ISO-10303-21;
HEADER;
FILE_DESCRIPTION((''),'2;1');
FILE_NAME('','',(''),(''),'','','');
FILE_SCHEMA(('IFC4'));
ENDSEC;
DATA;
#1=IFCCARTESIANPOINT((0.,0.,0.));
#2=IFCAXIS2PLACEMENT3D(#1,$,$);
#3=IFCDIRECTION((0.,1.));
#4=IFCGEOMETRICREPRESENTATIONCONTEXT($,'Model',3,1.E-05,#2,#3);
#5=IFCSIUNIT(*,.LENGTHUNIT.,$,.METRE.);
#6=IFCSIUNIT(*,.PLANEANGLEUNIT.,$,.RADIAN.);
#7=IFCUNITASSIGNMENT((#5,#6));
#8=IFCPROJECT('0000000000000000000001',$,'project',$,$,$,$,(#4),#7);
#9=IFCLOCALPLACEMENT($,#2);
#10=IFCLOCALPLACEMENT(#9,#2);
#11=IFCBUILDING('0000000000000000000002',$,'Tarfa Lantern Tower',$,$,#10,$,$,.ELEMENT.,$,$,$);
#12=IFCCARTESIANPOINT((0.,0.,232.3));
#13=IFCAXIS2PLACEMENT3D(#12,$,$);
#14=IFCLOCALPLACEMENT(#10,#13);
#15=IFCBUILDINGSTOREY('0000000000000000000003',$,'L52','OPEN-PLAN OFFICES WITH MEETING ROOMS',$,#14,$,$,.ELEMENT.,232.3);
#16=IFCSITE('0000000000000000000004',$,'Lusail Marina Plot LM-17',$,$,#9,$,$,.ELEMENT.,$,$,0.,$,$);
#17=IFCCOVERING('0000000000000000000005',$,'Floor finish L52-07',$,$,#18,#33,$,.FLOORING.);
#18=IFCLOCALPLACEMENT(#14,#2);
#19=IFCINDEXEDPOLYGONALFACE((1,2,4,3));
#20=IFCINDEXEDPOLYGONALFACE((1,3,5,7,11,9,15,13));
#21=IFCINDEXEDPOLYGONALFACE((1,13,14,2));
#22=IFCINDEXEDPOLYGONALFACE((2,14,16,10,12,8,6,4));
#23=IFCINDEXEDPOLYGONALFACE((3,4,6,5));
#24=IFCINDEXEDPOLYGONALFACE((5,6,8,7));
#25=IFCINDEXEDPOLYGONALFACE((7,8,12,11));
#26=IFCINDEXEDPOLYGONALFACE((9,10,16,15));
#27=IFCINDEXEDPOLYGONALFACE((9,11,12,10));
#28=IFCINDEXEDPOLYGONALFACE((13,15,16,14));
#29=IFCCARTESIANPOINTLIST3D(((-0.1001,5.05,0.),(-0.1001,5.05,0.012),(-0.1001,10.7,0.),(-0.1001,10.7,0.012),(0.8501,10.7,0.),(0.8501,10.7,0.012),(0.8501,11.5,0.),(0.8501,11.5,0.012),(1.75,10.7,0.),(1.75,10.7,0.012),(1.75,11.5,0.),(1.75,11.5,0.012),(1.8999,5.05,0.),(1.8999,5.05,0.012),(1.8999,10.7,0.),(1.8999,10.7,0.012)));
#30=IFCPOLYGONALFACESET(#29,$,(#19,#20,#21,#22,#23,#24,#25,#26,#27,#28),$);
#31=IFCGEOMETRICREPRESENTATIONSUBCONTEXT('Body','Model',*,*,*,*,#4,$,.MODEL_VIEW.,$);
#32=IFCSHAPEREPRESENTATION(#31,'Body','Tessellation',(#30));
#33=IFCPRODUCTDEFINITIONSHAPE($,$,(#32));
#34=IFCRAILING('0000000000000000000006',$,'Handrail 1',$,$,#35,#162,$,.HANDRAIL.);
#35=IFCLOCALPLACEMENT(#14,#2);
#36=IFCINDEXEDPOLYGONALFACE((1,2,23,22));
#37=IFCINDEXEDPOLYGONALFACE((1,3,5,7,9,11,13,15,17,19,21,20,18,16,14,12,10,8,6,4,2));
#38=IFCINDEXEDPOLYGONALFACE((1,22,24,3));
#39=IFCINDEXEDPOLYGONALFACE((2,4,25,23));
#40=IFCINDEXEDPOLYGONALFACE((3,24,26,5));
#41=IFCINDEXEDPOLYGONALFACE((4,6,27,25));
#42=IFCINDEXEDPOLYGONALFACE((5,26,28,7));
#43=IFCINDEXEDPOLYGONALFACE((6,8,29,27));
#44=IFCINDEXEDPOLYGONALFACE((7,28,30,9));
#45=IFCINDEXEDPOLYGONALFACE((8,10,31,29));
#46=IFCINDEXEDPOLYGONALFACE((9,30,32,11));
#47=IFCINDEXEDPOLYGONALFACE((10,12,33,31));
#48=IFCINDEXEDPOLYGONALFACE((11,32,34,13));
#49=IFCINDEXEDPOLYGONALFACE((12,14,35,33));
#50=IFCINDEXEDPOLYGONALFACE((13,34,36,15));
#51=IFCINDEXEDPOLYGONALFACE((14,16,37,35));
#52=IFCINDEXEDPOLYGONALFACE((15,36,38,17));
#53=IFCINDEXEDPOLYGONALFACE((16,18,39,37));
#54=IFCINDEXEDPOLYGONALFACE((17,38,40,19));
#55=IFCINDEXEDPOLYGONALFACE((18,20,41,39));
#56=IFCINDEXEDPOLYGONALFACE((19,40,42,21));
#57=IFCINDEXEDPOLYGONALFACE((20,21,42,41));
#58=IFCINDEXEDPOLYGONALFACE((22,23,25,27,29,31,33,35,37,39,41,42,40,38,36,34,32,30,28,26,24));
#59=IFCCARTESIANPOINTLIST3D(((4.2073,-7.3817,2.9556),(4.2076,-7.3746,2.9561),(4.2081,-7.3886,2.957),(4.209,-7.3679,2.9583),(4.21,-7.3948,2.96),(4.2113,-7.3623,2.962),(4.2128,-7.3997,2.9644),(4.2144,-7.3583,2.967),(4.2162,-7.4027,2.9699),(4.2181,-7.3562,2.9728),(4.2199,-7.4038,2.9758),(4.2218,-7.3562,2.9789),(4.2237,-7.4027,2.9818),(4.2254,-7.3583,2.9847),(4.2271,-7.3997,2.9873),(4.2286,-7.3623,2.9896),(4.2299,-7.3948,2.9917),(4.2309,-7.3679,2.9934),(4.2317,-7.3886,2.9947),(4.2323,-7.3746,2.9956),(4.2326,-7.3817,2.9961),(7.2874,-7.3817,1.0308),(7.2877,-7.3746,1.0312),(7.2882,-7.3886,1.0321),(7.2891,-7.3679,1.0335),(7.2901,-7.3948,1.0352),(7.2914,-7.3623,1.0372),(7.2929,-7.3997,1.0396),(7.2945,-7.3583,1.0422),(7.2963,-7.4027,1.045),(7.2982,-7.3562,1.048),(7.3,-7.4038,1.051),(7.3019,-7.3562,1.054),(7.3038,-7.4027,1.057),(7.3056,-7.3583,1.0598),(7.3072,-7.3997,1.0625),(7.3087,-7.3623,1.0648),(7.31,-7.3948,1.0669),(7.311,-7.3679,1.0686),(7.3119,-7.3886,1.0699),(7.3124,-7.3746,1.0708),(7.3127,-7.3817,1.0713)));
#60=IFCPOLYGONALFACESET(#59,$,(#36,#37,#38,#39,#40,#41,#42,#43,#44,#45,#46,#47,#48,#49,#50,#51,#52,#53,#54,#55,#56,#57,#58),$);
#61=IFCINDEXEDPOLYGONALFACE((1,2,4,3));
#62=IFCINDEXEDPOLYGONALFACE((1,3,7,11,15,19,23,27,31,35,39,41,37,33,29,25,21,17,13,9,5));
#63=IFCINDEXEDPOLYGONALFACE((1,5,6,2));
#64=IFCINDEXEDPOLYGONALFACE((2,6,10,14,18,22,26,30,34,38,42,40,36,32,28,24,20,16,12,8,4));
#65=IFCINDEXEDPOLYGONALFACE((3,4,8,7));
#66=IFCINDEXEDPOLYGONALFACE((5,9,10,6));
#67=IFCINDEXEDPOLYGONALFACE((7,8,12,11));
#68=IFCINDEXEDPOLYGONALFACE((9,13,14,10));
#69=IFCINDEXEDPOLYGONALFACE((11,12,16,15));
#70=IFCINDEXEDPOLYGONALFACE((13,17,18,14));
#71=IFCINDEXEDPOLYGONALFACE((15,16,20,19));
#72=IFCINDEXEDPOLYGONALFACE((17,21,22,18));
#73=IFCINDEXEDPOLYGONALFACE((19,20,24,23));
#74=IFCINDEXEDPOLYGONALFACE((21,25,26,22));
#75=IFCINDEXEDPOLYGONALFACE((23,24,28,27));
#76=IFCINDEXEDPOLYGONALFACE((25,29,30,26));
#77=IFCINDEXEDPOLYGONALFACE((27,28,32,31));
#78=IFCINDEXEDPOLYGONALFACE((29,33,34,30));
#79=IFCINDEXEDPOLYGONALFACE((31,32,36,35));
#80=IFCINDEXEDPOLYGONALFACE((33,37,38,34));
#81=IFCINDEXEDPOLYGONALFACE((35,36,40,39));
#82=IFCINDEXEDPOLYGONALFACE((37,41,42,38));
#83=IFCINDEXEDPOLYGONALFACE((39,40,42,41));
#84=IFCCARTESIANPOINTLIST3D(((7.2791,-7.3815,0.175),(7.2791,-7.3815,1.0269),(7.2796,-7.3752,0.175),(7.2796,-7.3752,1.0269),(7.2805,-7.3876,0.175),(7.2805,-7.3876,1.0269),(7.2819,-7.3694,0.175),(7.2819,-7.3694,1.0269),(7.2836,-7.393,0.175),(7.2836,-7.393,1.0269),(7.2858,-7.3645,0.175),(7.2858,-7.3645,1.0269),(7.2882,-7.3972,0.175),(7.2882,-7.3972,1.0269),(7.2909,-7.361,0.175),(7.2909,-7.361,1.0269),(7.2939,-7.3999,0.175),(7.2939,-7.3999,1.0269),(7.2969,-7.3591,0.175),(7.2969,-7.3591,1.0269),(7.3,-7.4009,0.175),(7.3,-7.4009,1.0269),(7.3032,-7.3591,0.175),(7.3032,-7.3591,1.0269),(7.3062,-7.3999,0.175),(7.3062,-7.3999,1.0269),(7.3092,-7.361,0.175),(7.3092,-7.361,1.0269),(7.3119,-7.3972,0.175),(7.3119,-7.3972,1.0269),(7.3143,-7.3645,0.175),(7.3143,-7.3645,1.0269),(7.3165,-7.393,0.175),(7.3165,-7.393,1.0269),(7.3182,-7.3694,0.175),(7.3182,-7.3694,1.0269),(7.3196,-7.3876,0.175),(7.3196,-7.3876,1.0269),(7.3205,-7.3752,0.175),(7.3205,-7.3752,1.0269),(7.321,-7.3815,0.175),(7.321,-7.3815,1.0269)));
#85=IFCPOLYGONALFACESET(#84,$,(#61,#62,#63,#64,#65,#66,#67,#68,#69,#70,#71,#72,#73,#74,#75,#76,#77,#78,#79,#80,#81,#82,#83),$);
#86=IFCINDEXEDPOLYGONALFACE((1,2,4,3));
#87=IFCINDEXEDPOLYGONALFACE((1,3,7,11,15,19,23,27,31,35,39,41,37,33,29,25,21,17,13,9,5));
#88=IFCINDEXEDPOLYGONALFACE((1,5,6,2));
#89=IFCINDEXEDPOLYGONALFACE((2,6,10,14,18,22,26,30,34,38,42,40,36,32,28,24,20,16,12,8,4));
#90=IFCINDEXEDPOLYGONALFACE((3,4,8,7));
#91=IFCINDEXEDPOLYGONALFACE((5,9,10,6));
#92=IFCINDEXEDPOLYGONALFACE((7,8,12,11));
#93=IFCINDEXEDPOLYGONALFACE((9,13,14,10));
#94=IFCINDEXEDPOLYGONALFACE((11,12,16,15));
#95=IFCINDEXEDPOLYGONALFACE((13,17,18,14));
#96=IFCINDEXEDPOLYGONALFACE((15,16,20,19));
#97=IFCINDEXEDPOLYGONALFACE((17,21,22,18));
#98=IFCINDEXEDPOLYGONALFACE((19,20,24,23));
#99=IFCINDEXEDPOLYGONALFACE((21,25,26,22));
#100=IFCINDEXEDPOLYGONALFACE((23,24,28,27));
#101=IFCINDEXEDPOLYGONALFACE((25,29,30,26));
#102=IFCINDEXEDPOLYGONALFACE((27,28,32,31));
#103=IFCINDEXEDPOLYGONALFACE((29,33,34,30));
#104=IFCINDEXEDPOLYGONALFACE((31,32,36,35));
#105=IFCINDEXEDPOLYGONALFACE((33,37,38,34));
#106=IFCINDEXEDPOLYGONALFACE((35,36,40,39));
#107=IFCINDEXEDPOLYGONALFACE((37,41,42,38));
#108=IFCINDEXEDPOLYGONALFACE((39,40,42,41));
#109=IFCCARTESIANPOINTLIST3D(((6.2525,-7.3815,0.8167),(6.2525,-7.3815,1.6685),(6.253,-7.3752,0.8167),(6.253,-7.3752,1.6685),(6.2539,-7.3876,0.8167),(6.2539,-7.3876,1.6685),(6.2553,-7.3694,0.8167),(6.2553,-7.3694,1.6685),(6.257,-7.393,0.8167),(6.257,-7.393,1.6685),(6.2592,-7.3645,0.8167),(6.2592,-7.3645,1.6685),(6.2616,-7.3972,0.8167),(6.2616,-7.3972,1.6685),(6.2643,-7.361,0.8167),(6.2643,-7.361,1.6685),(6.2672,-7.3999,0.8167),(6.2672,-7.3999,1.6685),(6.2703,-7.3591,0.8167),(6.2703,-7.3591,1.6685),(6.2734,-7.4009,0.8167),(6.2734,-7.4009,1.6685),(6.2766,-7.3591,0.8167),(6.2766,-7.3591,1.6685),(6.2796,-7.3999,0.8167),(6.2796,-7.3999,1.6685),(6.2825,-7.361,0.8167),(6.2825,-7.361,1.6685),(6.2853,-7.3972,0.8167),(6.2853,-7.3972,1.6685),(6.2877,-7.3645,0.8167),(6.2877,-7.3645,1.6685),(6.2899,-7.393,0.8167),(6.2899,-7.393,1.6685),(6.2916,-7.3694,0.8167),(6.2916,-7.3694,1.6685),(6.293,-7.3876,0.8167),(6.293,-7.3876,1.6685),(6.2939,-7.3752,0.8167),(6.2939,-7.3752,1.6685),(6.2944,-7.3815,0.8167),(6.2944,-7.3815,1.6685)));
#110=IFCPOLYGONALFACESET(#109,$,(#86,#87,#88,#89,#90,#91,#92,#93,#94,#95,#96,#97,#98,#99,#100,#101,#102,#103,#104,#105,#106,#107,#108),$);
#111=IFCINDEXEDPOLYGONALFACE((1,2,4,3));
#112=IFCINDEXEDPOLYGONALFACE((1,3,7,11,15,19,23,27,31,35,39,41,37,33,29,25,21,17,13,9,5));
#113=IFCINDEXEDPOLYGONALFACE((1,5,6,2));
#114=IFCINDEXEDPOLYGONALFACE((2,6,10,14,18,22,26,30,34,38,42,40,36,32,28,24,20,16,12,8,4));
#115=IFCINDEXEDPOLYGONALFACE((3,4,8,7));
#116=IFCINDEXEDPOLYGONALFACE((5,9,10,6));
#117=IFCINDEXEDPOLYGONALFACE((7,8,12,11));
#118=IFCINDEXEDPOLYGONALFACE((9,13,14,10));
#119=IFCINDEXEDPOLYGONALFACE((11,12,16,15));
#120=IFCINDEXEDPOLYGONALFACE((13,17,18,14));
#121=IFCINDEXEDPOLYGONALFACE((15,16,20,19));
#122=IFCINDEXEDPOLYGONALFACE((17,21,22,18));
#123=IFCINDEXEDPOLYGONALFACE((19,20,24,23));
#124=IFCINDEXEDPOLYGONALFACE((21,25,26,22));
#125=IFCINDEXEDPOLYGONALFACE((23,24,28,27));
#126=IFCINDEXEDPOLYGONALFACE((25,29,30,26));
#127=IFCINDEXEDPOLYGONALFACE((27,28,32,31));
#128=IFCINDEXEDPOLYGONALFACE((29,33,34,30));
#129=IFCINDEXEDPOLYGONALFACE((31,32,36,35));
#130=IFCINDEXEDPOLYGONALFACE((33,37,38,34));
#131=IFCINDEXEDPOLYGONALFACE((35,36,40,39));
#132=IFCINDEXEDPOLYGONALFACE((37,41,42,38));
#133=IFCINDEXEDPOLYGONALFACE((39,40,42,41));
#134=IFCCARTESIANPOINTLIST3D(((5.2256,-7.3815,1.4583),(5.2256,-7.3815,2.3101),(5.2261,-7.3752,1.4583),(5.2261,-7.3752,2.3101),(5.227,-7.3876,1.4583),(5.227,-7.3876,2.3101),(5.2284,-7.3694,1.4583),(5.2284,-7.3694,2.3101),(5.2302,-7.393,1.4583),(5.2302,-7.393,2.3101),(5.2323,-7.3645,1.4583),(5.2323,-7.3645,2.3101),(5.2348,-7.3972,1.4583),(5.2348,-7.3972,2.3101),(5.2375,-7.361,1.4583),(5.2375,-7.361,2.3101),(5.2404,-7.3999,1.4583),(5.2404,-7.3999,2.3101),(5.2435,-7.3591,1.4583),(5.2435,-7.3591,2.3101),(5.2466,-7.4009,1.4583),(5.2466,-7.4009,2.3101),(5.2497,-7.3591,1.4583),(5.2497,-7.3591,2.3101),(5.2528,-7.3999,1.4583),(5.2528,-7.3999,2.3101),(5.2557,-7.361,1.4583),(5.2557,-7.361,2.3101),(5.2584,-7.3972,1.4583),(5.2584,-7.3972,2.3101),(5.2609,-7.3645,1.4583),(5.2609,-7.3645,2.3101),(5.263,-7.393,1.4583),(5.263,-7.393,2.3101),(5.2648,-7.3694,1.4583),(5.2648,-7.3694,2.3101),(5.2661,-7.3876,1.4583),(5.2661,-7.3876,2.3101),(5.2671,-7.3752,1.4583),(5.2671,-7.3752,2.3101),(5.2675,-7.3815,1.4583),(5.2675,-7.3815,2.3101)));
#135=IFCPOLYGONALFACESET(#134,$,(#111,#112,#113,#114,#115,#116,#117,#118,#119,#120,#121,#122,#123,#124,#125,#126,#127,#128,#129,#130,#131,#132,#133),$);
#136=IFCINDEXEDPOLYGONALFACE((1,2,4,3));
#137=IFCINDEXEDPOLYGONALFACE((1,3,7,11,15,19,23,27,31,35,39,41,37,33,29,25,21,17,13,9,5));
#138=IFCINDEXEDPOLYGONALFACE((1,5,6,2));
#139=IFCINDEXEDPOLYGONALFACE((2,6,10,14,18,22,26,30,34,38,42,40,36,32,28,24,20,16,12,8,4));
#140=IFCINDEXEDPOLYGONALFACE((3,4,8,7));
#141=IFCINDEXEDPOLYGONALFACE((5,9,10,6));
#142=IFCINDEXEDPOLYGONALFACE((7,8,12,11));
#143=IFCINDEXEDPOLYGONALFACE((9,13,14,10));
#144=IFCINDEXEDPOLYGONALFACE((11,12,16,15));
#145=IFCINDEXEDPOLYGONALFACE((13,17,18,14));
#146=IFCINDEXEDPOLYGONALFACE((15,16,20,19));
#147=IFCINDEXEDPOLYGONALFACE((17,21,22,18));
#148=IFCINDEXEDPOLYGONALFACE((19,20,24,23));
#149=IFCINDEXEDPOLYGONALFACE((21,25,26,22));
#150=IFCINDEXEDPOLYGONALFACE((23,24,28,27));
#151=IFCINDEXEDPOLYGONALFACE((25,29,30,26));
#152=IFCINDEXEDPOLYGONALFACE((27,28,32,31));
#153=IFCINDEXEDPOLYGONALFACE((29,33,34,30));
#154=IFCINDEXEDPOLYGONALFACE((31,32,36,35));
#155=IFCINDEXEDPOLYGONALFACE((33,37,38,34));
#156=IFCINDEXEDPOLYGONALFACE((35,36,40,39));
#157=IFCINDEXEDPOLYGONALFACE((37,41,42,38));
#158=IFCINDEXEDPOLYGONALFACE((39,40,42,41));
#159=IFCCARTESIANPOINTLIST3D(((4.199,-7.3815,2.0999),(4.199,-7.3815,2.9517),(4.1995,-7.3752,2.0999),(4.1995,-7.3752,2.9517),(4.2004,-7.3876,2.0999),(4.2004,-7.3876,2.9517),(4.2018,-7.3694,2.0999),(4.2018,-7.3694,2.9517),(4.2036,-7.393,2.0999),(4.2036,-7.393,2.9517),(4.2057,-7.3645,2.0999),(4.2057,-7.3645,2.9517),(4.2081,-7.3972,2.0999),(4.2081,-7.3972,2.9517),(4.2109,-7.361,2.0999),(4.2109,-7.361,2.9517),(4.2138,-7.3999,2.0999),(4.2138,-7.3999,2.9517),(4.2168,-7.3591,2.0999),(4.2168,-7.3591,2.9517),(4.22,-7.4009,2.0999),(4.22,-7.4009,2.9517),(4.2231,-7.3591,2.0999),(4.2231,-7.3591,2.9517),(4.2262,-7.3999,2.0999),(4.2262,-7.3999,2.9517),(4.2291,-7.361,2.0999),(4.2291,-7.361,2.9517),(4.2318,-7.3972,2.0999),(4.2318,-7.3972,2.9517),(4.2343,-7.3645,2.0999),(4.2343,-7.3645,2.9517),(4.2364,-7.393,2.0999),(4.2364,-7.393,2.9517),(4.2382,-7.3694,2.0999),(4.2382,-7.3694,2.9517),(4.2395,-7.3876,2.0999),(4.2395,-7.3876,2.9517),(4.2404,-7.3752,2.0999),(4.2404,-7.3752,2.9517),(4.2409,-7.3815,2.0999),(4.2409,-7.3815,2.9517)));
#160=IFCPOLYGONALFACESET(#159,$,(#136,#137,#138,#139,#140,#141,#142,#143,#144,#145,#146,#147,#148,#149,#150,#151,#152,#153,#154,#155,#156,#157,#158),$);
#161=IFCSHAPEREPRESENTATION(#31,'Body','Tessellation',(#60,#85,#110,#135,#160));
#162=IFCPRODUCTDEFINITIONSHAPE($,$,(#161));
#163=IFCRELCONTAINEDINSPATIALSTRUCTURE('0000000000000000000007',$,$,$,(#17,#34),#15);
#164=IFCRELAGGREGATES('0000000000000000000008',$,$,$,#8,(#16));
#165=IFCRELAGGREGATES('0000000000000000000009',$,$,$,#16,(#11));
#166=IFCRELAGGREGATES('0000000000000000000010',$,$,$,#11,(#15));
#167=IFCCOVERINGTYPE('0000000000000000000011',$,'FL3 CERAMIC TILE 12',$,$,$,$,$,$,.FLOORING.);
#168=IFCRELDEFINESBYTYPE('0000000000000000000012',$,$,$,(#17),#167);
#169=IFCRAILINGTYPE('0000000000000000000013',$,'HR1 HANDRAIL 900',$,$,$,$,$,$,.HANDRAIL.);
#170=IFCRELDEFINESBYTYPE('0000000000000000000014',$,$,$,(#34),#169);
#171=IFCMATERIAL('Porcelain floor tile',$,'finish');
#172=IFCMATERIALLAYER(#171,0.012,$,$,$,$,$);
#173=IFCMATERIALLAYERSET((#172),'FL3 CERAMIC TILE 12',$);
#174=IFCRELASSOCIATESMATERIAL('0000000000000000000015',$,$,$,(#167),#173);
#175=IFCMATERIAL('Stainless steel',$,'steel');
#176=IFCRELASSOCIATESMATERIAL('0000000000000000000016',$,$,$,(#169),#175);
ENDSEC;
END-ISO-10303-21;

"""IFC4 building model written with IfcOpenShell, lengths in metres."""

from ifc_helpers import new_model, si_unit, direction, frame, origin, origin_2d, place, context, subcontext, project, spatial, polyline, circle, outline, extrude, material, layer, layer_set, type_object, element, save


model = new_model("IFC4")

# Units and contexts
model_context = context("Model", 3, precision=1e-05, world=origin(), true_north=direction((0.0, 1.0)))
body_context = subcontext(model_context, "Body", "Model", "MODEL_VIEW")
ifc_project = project(units=[si_unit("LENGTHUNIT", "METRE"), si_unit("PLANEANGLEUNIT", "RADIAN")], contexts=[model_context])

# Site, building, storey
site_placement = place(None, origin())
site = spatial("IfcSite", under=ifc_project, at=site_placement, Name="Lusail Marina Plot LM-17", CompositionType="ELEMENT", RefElevation=0.0)
building_placement = place(site_placement, origin())
building = spatial("IfcBuilding", under=site, at=building_placement, Name="Tarfa Lantern Tower", CompositionType="ELEMENT")
storey_placement = place(building_placement, frame((0.0, 0.0, 232.3)))
storey = spatial("IfcBuildingStorey", under=building, at=storey_placement, Name="L52", Description="OPEN-PLAN OFFICES WITH MEETING ROOMS", CompositionType="ELEMENT", Elevation=232.3)

# Covering
ifc_material_1 = material(Name="Porcelain floor tile", Category="finish")
ifc_layer_1 = layer(ifc_material_1, 0.012)
ifc_layer_set_1 = layer_set([ifc_layer_1], Name="FL3 CERAMIC TILE 12")
covering_type_1 = type_object("IfcCoveringType", Name="FL3 CERAMIC TILE 12", PredefinedType="FLOORING", material=ifc_layer_set_1)
covering_1_placement = place(storey_placement, origin())
element("IfcCovering", 1, at=covering_1_placement, inside=storey, type_object=covering_type_1, Name="Floor finish L52-07", PredefinedType="FLOORING", context=body_context, shape_type="SweptSolid", body=[
    extrude(outline(polyline([(0.8501, 10.7), (-0.1001, 10.7), (-0.1001, 5.05), (1.8999, 5.05), (1.8999, 10.7), (1.75, 10.7), (1.75, 11.5), (1.75, 11.5), (0.8501, 11.5), (0.8501, 10.7)])), origin(), (0.0, 0.0, 1.0), 0.012),
])

# Railing
ifc_material_2 = material(Name="Stainless steel", Category="steel")
railing_type = type_object("IfcRailingType", Name="HR1 HANDRAIL 900", PredefinedType="HANDRAIL", material=ifc_material_2)
railing_1_placement = place(storey_placement, frame((7.3, -7.3799, 0.175)))
element("IfcRailing", 2, at=railing_1_placement, inside=storey, type_object=railing_type, Name="Handrail 1", PredefinedType="HANDRAIL", context=body_context, shape_type="SweptSolid", body=[
    extrude(circle(Radius=0.0239, at=origin_2d()), frame((0.0, 0.0, 0.876), z_axis=(-0.848029, 0.0, 0.529951), x_axis=(0.0, -1.0, 0.0)), (0.0, 0.0, 1.0), 3.6321),
    extrude(circle(Radius=0.021, at=origin_2d()), frame((0.0, 0.0, 0.0), z_axis=(0.0, 0.0, 1.0), x_axis=(0.0, -1.0, 0.0)), (0.0, 0.0, 1.0), 0.8518),
    extrude(circle(Radius=0.021, at=origin_2d()), frame((-1.0266, 0.0, 0.6416), z_axis=(0.0, 0.0, 1.0), x_axis=(0.0, -1.0, 0.0)), (0.0, 0.0, 1.0), 0.8518),
    extrude(circle(Radius=0.021, at=origin_2d()), frame((-2.0535, 0.0, 1.2832), z_axis=(0.0, 0.0, 1.0), x_axis=(0.0, -1.0, 0.0)), (0.0, 0.0, 1.0), 0.8518),
    extrude(circle(Radius=0.021, at=origin_2d()), frame((-3.0801, 0.0, 1.9248), z_axis=(0.0, 0.0, 1.0), x_axis=(0.0, -1.0, 0.0)), (0.0, 0.0, 1.0), 0.8518),
])

save(model, "model.ifc")
